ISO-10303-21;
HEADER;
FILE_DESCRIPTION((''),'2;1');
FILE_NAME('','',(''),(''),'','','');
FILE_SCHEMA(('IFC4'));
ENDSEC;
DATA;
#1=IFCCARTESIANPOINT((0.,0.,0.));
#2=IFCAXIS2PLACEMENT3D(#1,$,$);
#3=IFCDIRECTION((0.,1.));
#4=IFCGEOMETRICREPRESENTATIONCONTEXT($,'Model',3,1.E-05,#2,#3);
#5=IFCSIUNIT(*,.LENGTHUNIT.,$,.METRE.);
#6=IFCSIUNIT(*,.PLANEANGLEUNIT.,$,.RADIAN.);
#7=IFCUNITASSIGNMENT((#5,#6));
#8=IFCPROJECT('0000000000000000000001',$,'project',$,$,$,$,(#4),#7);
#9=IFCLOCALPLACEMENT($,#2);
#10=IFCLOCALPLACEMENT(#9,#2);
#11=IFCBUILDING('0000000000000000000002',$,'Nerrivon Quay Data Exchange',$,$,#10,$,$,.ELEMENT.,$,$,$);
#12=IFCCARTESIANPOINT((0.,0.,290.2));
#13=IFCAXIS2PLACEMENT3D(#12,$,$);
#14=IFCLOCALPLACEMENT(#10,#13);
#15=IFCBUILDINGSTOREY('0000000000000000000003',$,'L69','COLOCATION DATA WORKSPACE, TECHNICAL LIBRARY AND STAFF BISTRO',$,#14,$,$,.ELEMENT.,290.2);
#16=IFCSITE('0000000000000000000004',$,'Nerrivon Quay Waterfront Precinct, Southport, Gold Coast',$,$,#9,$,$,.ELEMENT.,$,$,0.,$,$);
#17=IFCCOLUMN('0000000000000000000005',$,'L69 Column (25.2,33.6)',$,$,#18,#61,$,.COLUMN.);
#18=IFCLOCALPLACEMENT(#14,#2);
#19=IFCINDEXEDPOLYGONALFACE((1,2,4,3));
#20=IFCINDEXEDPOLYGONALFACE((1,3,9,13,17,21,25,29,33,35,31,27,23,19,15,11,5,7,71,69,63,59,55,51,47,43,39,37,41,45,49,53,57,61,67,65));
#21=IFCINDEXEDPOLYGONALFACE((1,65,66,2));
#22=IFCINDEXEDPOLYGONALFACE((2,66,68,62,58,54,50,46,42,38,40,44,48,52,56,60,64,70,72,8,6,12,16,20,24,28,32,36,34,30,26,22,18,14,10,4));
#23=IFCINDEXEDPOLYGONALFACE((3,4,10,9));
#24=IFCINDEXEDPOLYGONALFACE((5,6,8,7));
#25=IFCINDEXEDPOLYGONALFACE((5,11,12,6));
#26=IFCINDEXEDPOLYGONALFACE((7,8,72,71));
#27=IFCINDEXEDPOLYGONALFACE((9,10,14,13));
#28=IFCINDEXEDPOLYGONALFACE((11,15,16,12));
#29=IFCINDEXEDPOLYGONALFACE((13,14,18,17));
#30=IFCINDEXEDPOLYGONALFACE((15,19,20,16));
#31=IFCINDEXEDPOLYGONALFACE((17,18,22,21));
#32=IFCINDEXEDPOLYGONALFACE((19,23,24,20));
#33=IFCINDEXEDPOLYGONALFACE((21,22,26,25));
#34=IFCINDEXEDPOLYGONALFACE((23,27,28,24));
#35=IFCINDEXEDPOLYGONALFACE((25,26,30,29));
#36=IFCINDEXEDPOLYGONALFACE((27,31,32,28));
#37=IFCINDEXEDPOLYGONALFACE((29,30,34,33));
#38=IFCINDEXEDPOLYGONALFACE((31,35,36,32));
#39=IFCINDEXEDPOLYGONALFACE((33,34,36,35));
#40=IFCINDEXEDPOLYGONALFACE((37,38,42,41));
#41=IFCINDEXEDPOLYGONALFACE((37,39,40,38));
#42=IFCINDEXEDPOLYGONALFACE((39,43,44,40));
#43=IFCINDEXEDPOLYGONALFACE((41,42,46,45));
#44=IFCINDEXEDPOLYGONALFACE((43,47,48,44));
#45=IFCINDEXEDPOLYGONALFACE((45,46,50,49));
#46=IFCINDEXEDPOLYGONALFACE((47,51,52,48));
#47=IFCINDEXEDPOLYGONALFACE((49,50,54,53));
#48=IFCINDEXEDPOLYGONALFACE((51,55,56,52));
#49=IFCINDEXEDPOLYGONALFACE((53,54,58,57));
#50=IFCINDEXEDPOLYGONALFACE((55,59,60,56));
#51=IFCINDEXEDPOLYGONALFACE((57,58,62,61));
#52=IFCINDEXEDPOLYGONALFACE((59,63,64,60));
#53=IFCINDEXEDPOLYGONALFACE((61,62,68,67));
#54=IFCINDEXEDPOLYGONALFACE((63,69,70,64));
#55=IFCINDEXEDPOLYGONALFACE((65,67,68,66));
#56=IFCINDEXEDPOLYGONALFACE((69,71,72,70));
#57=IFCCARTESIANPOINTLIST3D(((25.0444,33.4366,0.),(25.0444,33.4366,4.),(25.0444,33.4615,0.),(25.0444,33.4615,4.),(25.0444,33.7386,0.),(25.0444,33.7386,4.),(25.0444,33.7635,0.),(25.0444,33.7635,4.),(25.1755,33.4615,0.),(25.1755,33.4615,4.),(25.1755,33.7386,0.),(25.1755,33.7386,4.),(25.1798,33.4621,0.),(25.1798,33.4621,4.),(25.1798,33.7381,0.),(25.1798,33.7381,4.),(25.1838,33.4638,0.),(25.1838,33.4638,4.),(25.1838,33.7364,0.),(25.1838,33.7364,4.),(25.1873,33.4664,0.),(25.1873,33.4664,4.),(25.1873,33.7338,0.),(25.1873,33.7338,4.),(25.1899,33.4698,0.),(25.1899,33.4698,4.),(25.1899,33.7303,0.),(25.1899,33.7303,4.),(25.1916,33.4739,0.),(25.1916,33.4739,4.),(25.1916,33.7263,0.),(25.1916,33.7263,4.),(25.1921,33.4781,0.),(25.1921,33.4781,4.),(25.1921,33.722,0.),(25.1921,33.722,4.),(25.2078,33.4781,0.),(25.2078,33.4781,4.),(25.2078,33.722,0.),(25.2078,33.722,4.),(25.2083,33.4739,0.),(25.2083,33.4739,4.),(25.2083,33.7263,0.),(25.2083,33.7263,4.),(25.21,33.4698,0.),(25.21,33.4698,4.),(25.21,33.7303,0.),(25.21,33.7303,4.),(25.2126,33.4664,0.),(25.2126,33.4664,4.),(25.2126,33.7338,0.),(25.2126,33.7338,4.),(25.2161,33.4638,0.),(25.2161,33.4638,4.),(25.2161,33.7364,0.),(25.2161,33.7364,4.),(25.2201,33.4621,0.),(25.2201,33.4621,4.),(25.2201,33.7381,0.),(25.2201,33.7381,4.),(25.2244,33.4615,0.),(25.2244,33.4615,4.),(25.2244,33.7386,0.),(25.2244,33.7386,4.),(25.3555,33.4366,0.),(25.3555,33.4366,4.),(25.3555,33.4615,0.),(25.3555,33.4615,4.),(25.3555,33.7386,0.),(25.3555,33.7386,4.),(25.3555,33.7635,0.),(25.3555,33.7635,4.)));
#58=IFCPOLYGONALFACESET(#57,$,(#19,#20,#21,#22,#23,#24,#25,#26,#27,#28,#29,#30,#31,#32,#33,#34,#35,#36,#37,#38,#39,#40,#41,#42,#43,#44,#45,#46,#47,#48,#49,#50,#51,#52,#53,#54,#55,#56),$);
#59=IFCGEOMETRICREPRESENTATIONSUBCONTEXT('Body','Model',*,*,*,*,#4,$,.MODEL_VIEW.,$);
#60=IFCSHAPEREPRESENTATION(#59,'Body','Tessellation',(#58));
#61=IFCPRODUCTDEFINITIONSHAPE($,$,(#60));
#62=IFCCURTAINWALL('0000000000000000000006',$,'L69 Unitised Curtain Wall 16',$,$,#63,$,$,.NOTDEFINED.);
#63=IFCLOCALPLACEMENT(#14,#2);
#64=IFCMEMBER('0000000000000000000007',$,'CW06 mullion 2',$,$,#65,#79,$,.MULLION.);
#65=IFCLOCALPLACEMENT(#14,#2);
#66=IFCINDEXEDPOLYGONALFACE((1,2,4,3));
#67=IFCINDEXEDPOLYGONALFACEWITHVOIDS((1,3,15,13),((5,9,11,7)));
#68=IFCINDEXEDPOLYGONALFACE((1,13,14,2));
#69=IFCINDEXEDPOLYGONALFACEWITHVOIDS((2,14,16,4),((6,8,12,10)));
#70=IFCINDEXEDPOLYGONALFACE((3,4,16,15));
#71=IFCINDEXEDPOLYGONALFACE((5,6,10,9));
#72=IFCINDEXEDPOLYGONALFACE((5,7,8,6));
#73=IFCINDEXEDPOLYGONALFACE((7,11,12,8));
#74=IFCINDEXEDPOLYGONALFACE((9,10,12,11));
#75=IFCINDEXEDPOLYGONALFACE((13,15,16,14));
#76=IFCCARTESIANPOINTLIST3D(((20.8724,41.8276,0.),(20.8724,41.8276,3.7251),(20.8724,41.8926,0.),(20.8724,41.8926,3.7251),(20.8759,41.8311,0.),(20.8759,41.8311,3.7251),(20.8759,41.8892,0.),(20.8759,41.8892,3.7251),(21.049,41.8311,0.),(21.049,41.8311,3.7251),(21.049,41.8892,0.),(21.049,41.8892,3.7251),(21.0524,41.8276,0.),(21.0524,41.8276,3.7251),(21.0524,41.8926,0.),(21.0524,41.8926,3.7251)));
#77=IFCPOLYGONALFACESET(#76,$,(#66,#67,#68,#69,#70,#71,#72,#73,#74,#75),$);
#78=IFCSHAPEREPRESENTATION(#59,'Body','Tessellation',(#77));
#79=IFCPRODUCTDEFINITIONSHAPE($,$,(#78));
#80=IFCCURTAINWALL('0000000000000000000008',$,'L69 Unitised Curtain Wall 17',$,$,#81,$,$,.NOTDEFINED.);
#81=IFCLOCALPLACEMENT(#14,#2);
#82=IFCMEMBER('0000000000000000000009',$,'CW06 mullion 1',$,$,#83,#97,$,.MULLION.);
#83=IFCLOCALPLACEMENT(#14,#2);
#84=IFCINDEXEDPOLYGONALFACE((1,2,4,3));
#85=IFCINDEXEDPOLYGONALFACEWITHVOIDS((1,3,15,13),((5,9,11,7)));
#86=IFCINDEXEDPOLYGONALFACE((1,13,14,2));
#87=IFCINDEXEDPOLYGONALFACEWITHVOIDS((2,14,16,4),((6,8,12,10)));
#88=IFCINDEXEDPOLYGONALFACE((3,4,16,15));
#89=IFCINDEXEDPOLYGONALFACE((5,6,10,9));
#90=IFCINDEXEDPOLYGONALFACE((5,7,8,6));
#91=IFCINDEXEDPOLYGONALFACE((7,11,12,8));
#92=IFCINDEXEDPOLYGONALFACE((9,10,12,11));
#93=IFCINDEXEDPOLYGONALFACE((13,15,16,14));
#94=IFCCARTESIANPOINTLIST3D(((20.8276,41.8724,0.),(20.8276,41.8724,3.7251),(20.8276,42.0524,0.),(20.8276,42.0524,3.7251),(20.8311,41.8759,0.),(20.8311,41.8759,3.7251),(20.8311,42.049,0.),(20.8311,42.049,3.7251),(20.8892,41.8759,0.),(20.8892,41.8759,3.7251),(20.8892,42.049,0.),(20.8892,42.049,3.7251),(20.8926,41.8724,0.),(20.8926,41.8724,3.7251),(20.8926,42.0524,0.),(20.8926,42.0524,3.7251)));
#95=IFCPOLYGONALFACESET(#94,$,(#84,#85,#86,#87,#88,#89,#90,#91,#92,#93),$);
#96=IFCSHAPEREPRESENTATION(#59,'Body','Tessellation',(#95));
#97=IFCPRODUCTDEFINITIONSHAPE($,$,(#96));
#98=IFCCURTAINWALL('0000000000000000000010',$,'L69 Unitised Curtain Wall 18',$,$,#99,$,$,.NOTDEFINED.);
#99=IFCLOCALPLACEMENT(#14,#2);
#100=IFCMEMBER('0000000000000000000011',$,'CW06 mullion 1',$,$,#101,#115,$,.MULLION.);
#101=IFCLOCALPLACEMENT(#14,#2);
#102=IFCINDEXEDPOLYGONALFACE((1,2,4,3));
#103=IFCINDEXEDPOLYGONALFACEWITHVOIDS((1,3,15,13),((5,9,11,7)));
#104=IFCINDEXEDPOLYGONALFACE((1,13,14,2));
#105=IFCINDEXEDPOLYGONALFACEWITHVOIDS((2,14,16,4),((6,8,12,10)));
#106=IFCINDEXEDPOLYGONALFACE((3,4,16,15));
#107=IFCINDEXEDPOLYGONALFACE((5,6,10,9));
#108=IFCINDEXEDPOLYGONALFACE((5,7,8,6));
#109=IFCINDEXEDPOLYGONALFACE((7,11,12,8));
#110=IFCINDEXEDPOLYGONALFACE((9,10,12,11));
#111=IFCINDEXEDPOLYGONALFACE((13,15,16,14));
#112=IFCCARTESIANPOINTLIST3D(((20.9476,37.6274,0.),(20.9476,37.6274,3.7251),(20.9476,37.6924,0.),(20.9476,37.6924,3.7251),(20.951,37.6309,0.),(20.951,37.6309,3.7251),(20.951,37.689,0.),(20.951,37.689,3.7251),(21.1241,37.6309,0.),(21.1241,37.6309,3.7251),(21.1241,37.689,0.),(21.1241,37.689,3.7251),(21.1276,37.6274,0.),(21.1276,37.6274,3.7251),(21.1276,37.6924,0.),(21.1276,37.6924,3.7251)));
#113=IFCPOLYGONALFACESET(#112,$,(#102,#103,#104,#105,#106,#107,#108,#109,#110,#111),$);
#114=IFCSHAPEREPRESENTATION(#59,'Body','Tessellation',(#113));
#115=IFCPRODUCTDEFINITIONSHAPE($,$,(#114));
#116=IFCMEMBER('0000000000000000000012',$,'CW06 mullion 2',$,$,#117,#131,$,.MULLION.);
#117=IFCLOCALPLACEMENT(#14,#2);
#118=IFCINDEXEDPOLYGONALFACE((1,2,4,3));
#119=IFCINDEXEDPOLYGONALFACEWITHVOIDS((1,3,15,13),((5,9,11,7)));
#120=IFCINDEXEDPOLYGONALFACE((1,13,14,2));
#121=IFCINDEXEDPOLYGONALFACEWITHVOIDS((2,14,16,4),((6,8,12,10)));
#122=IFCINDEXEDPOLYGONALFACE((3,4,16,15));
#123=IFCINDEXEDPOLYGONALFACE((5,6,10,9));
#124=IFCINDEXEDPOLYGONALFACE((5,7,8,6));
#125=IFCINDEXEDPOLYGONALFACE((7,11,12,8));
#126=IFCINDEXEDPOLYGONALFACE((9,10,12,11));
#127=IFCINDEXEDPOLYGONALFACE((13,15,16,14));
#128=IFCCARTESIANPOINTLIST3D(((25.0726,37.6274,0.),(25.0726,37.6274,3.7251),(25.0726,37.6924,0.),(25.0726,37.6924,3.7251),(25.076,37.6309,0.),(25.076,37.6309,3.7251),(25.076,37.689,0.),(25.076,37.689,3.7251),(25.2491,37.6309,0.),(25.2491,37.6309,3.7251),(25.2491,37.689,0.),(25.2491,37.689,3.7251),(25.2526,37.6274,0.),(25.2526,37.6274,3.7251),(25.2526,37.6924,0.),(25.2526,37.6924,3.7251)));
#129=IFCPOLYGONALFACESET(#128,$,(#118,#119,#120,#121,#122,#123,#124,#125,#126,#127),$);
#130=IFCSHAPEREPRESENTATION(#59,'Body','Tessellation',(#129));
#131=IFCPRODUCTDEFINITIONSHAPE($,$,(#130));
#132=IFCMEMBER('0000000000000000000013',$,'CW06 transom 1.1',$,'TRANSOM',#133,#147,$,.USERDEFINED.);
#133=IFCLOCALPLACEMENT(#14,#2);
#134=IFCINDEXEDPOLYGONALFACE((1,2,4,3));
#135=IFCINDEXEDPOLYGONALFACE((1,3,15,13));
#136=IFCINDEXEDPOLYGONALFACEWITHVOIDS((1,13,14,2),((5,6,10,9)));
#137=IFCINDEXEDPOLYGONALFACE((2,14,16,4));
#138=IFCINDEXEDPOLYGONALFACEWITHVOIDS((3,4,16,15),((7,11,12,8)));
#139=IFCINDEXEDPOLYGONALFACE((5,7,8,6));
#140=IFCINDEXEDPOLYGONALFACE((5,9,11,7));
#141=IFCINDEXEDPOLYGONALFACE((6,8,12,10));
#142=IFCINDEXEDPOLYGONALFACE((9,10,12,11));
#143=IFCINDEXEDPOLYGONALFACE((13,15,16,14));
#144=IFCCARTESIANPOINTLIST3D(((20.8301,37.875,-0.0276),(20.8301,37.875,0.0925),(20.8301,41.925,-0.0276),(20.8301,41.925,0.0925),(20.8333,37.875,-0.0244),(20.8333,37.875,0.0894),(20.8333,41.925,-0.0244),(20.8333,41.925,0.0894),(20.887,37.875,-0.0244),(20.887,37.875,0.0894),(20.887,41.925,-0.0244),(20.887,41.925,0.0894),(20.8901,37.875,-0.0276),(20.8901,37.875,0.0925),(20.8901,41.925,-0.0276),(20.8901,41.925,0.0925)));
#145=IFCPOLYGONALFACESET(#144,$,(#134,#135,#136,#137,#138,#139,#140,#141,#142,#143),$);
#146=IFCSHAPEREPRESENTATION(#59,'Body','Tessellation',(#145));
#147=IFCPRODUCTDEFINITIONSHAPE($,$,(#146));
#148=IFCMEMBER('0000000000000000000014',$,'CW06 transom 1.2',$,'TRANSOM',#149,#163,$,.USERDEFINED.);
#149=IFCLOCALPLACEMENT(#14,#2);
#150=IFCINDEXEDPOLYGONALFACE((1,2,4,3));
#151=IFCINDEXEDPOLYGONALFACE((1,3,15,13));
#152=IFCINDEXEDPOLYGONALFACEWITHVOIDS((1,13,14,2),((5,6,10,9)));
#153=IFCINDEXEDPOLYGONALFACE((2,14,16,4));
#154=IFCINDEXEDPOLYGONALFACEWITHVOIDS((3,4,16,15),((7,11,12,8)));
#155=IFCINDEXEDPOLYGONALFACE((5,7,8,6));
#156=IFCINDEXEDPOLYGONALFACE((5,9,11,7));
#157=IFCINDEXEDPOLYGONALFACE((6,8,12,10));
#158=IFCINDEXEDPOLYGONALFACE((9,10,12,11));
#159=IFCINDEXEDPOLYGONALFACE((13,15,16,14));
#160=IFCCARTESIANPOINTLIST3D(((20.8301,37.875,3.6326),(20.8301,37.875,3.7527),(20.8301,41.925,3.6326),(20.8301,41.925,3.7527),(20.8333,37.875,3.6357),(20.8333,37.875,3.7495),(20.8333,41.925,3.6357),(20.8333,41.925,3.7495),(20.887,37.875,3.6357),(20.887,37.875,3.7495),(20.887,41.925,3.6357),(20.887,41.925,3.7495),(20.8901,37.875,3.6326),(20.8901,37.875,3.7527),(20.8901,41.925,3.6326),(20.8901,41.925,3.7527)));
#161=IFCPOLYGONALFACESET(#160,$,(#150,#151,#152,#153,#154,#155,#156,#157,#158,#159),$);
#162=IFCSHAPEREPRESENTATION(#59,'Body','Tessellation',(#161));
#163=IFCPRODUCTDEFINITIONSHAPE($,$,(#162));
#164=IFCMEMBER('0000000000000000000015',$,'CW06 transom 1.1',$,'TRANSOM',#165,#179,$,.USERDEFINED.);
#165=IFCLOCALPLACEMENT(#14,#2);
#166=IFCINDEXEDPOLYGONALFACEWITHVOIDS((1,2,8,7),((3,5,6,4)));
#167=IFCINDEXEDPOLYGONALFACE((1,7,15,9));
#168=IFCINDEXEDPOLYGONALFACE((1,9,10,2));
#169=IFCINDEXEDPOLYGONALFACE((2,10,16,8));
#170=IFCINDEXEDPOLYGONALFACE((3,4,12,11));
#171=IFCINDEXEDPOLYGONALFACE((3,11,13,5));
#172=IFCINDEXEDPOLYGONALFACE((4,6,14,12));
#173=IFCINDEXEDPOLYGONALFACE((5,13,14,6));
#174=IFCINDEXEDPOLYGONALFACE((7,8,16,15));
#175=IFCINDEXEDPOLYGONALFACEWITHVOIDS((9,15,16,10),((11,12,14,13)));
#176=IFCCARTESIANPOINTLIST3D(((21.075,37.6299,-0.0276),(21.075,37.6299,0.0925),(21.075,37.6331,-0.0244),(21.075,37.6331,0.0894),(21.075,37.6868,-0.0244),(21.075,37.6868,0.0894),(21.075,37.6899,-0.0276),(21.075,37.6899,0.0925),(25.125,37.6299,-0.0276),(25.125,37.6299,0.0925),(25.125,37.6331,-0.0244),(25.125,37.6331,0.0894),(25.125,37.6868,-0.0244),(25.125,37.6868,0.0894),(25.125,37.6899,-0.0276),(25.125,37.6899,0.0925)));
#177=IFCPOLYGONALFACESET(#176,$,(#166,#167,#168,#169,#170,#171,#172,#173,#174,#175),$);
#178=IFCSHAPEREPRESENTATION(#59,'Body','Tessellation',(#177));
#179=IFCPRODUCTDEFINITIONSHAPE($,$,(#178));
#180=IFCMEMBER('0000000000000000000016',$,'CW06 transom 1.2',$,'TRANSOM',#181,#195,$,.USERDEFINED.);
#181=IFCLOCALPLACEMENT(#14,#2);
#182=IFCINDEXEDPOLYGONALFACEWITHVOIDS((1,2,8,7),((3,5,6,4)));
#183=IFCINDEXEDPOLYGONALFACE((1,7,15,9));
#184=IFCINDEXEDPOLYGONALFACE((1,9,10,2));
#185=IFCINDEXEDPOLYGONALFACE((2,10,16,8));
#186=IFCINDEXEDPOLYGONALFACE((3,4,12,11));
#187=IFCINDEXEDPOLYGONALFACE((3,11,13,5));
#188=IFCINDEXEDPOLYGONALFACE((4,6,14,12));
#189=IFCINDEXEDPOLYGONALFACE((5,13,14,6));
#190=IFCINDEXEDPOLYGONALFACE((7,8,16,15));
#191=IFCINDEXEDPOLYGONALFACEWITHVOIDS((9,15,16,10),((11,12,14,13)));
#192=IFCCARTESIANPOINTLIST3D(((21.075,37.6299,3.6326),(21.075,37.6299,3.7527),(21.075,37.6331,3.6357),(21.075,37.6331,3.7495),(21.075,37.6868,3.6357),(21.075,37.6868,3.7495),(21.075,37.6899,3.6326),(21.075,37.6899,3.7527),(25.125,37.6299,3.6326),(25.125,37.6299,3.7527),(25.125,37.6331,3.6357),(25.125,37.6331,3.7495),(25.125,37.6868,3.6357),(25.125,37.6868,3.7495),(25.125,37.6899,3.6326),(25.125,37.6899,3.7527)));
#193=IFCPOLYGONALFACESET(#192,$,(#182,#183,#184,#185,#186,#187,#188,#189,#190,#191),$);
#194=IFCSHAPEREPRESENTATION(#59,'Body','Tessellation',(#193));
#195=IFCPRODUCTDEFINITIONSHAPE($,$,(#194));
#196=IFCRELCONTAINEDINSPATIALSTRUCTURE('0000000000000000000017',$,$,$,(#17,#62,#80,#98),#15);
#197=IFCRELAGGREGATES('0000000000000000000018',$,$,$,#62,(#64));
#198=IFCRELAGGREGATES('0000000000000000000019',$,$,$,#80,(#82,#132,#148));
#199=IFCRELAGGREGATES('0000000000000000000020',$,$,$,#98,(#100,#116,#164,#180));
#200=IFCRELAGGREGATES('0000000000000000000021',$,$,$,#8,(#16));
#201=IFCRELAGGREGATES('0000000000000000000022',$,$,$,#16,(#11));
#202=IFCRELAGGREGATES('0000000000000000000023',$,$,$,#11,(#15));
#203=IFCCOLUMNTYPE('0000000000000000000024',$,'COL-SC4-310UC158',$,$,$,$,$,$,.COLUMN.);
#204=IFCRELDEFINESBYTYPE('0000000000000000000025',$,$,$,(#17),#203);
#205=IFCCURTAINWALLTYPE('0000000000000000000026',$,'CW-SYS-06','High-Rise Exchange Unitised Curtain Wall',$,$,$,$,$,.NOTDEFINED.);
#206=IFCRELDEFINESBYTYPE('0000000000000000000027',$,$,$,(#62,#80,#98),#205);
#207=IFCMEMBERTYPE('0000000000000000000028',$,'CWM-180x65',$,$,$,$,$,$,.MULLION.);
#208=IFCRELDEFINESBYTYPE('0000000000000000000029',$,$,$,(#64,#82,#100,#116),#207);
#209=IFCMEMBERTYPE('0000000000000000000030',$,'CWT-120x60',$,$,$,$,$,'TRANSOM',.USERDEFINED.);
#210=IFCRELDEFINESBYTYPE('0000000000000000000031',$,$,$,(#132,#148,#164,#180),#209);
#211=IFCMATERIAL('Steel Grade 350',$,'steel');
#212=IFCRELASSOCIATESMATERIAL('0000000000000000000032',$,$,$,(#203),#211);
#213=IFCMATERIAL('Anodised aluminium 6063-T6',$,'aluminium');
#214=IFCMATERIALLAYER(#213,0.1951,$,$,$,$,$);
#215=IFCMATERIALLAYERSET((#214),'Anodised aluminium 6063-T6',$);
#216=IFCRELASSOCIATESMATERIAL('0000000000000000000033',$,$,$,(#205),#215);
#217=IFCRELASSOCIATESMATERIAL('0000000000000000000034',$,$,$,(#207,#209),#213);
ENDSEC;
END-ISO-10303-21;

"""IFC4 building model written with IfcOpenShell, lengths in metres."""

from ifc_helpers import new_model, si_unit, direction, frame, origin, origin_2d, place, context, subcontext, project, spatial, hollow_rectangle, i_section, extrude, material, layer, layer_set, material_profile, profile_set, type_object, element, aggregate, save


model = new_model("IFC4")

# Units and contexts
model_context = context("Model", 3, precision=1e-05, world=origin(), true_north=direction((0.0, 1.0)))
body_context = subcontext(model_context, "Body", "Model", "MODEL_VIEW")
ifc_project = project(units=[si_unit("LENGTHUNIT", "METRE"), si_unit("PLANEANGLEUNIT", "RADIAN")], contexts=[model_context])

# Site, building, storey
site_placement = place(None, origin())
site = spatial("IfcSite", under=ifc_project, at=site_placement, Name="Nerrivon Quay Waterfront Precinct, Southport, Gold Coast", CompositionType="ELEMENT", RefElevation=0.0)
building_placement = place(site_placement, origin())
building = spatial("IfcBuilding", under=site, at=building_placement, Name="Nerrivon Quay Data Exchange", CompositionType="ELEMENT")
storey_placement = place(building_placement, frame((0.0, 0.0, 290.2)))
storey = spatial("IfcBuildingStorey", under=building, at=storey_placement, Name="L69", Description="COLOCATION DATA WORKSPACE, TECHNICAL LIBRARY AND STAFF BISTRO", CompositionType="ELEMENT", Elevation=290.2)

# Column
ifc_material_1 = material(Name="Steel Grade 350", Category="steel")
ifc_material_profile_1 = material_profile(ifc_material_1, i_section(OverallWidth=0.311, OverallDepth=0.3269, WebThickness=0.0156, FlangeThickness=0.0249, FilletRadius=0.0166, at=origin_2d()), Name="310UC158")
ifc_profile_set_1 = profile_set([ifc_material_profile_1], Name="Steel Grade 350")
column_type = type_object("IfcColumnType", Name="COL-SC4-310UC158", PredefinedType="COLUMN", material=ifc_profile_set_1)
column_placement = place(storey_placement, frame((25.2, 33.6001, 0.0), z_axis=(0.0, 0.0, 1.0), x_axis=(1.0, 0.0, 0.0)))
element("IfcColumn", 1, at=column_placement, inside=storey, type_object=column_type, Name="L69 Column (25.2,33.6)", PredefinedType="COLUMN", context=body_context, shape_type="SweptSolid", body=[
    extrude(i_section(OverallWidth=0.311, OverallDepth=0.3269, WebThickness=0.0156, FlangeThickness=0.0249, FilletRadius=0.0166, at=origin_2d()), origin(), (0.0, 0.0, 1.0), 4.0),
])

# Curtain walls, members
ifc_material_2 = material(Name="Anodised aluminium 6063-T6", Category="aluminium")
ifc_layer_1 = layer(ifc_material_2, 0.1951)
ifc_layer_set_1 = layer_set([ifc_layer_1], Name="Anodised aluminium 6063-T6")
curtain_wall_type = type_object("IfcCurtainWallType", Name="CW-SYS-06", Description="High-Rise Exchange Unitised Curtain Wall", PredefinedType="NOTDEFINED", material=ifc_layer_set_1)
curtain_wall_1_placement = place(storey_placement, origin())
curtain_wall_1 = element("IfcCurtainWall", 2, at=curtain_wall_1_placement, inside=storey, type_object=curtain_wall_type, Name="L69 Unitised Curtain Wall 16", PredefinedType="NOTDEFINED")
ifc_material_profile_2 = material_profile(ifc_material_2, hollow_rectangle(XDim=0.0649, YDim=0.1799, WallThickness=0.0034, at=origin_2d()), Name="ALU-MULL-180x65")
ifc_profile_set_2 = profile_set([ifc_material_profile_2], Name="Anodised aluminium 6063-T6")
member_type_1 = type_object("IfcMemberType", Name="CWM-180x65", PredefinedType="MULLION", material=ifc_profile_set_2)
member_1_placement = place(storey_placement, frame((20.9624, 41.8601, 0.0), z_axis=(0.0, 0.0, 1.0), x_axis=(0.0, 1.0, 0.0)))
member_1 = element("IfcMember", 3, at=member_1_placement, type_object=member_type_1, Name="CW06 mullion 2", PredefinedType="MULLION", context=body_context, shape_type="SweptSolid", body=[
    extrude(hollow_rectangle(XDim=0.0649, YDim=0.1799, WallThickness=0.0034, at=origin_2d()), origin(), (0.0, 0.0, 1.0), 3.7251),
])
aggregate(curtain_wall_1, [member_1])
curtain_wall_2_placement = place(storey_placement, origin())
curtain_wall_2 = element("IfcCurtainWall", 4, at=curtain_wall_2_placement, inside=storey, type_object=curtain_wall_type, Name="L69 Unitised Curtain Wall 17", PredefinedType="NOTDEFINED")
member_2_placement = place(storey_placement, frame((20.8601, 41.9624, 0.0), z_axis=(0.0, 0.0, 1.0), x_axis=(1.0, 0.0, 0.0)))
member_2 = element("IfcMember", 5, at=member_2_placement, type_object=member_type_1, Name="CW06 mullion 1", PredefinedType="MULLION", context=body_context, shape_type="SweptSolid", body=[
    extrude(hollow_rectangle(XDim=0.0649, YDim=0.1799, WallThickness=0.0034, at=origin_2d()), origin(), (0.0, 0.0, 1.0), 3.7251),
])

# Curtain wall, members
curtain_wall_3_placement = place(storey_placement, origin())
curtain_wall_3 = element("IfcCurtainWall", 6, at=curtain_wall_3_placement, inside=storey, type_object=curtain_wall_type, Name="L69 Unitised Curtain Wall 18", PredefinedType="NOTDEFINED")
member_3_placement = place(storey_placement, frame((21.0376, 37.6599, 0.0), z_axis=(0.0, 0.0, 1.0), x_axis=(0.0, 1.0, 0.0)))
member_3 = element("IfcMember", 7, at=member_3_placement, type_object=member_type_1, Name="CW06 mullion 1", PredefinedType="MULLION", context=body_context, shape_type="SweptSolid", body=[
    extrude(hollow_rectangle(XDim=0.0649, YDim=0.1799, WallThickness=0.0034, at=origin_2d()), origin(), (0.0, 0.0, 1.0), 3.7251),
])
member_4_placement = place(storey_placement, frame((25.1626, 37.6599, 0.0), z_axis=(0.0, 0.0, 1.0), x_axis=(0.0, 1.0, 0.0)))
member_4 = element("IfcMember", 8, at=member_4_placement, type_object=member_type_1, Name="CW06 mullion 2", PredefinedType="MULLION", context=body_context, shape_type="SweptSolid", body=[
    extrude(hollow_rectangle(XDim=0.0649, YDim=0.1799, WallThickness=0.0034, at=origin_2d()), origin(), (0.0, 0.0, 1.0), 3.7251),
])

# Members
ifc_material_profile_3 = material_profile(ifc_material_2, hollow_rectangle(XDim=0.0601, YDim=0.1201, WallThickness=0.0032, at=origin_2d()), Name="ALU-TRAN-120x60")
ifc_profile_set_3 = profile_set([ifc_material_profile_3], Name="Anodised aluminium 6063-T6")
member_type_2 = type_object("IfcMemberType", Name="CWT-120x60", ElementType="TRANSOM", PredefinedType="USERDEFINED", material=ifc_profile_set_3)
member_5_placement = place(storey_placement, frame((20.8601, 41.925, 0.0325), z_axis=(0.0, -1.0, 0.0), x_axis=(1.0, 0.0, 0.0)))
member_5 = element("IfcMember", 9, at=member_5_placement, type_object=member_type_2, Name="CW06 transom 1.1", ObjectType="TRANSOM", PredefinedType="USERDEFINED", context=body_context, shape_type="SweptSolid", body=[
    extrude(hollow_rectangle(XDim=0.0601, YDim=0.1201, WallThickness=0.0032, at=origin_2d()), origin(), (0.0, 0.0, 1.0), 4.05),
])
member_6_placement = place(storey_placement, frame((20.8601, 41.925, 3.6926), z_axis=(0.0, -1.0, 0.0), x_axis=(1.0, 0.0, 0.0)))
member_6 = element("IfcMember", 10, at=member_6_placement, type_object=member_type_2, Name="CW06 transom 1.2", ObjectType="TRANSOM", PredefinedType="USERDEFINED", context=body_context, shape_type="SweptSolid", body=[
    extrude(hollow_rectangle(XDim=0.0601, YDim=0.1201, WallThickness=0.0032, at=origin_2d()), origin(), (0.0, 0.0, 1.0), 4.05),
])
aggregate(curtain_wall_2, [member_2, member_5, member_6])
member_7_placement = place(storey_placement, frame((21.075, 37.6599, 0.0325), z_axis=(1.0, 0.0, 0.0), x_axis=(0.0, 1.0, 0.0)))
member_7 = element("IfcMember", 11, at=member_7_placement, type_object=member_type_2, Name="CW06 transom 1.1", ObjectType="TRANSOM", PredefinedType="USERDEFINED", context=body_context, shape_type="SweptSolid", body=[
    extrude(hollow_rectangle(XDim=0.0601, YDim=0.1201, WallThickness=0.0032, at=origin_2d()), origin(), (0.0, 0.0, 1.0), 4.05),
])
member_8_placement = place(storey_placement, frame((21.075, 37.6599, 3.6926), z_axis=(1.0, 0.0, 0.0), x_axis=(0.0, 1.0, 0.0)))
member_8 = element("IfcMember", 12, at=member_8_placement, type_object=member_type_2, Name="CW06 transom 1.2", ObjectType="TRANSOM", PredefinedType="USERDEFINED", context=body_context, shape_type="SweptSolid", body=[
    extrude(hollow_rectangle(XDim=0.0601, YDim=0.1201, WallThickness=0.0032, at=origin_2d()), origin(), (0.0, 0.0, 1.0), 4.05),
])

aggregate(curtain_wall_3, [member_3, member_4, member_7, member_8])

save(model, "model.ifc")
